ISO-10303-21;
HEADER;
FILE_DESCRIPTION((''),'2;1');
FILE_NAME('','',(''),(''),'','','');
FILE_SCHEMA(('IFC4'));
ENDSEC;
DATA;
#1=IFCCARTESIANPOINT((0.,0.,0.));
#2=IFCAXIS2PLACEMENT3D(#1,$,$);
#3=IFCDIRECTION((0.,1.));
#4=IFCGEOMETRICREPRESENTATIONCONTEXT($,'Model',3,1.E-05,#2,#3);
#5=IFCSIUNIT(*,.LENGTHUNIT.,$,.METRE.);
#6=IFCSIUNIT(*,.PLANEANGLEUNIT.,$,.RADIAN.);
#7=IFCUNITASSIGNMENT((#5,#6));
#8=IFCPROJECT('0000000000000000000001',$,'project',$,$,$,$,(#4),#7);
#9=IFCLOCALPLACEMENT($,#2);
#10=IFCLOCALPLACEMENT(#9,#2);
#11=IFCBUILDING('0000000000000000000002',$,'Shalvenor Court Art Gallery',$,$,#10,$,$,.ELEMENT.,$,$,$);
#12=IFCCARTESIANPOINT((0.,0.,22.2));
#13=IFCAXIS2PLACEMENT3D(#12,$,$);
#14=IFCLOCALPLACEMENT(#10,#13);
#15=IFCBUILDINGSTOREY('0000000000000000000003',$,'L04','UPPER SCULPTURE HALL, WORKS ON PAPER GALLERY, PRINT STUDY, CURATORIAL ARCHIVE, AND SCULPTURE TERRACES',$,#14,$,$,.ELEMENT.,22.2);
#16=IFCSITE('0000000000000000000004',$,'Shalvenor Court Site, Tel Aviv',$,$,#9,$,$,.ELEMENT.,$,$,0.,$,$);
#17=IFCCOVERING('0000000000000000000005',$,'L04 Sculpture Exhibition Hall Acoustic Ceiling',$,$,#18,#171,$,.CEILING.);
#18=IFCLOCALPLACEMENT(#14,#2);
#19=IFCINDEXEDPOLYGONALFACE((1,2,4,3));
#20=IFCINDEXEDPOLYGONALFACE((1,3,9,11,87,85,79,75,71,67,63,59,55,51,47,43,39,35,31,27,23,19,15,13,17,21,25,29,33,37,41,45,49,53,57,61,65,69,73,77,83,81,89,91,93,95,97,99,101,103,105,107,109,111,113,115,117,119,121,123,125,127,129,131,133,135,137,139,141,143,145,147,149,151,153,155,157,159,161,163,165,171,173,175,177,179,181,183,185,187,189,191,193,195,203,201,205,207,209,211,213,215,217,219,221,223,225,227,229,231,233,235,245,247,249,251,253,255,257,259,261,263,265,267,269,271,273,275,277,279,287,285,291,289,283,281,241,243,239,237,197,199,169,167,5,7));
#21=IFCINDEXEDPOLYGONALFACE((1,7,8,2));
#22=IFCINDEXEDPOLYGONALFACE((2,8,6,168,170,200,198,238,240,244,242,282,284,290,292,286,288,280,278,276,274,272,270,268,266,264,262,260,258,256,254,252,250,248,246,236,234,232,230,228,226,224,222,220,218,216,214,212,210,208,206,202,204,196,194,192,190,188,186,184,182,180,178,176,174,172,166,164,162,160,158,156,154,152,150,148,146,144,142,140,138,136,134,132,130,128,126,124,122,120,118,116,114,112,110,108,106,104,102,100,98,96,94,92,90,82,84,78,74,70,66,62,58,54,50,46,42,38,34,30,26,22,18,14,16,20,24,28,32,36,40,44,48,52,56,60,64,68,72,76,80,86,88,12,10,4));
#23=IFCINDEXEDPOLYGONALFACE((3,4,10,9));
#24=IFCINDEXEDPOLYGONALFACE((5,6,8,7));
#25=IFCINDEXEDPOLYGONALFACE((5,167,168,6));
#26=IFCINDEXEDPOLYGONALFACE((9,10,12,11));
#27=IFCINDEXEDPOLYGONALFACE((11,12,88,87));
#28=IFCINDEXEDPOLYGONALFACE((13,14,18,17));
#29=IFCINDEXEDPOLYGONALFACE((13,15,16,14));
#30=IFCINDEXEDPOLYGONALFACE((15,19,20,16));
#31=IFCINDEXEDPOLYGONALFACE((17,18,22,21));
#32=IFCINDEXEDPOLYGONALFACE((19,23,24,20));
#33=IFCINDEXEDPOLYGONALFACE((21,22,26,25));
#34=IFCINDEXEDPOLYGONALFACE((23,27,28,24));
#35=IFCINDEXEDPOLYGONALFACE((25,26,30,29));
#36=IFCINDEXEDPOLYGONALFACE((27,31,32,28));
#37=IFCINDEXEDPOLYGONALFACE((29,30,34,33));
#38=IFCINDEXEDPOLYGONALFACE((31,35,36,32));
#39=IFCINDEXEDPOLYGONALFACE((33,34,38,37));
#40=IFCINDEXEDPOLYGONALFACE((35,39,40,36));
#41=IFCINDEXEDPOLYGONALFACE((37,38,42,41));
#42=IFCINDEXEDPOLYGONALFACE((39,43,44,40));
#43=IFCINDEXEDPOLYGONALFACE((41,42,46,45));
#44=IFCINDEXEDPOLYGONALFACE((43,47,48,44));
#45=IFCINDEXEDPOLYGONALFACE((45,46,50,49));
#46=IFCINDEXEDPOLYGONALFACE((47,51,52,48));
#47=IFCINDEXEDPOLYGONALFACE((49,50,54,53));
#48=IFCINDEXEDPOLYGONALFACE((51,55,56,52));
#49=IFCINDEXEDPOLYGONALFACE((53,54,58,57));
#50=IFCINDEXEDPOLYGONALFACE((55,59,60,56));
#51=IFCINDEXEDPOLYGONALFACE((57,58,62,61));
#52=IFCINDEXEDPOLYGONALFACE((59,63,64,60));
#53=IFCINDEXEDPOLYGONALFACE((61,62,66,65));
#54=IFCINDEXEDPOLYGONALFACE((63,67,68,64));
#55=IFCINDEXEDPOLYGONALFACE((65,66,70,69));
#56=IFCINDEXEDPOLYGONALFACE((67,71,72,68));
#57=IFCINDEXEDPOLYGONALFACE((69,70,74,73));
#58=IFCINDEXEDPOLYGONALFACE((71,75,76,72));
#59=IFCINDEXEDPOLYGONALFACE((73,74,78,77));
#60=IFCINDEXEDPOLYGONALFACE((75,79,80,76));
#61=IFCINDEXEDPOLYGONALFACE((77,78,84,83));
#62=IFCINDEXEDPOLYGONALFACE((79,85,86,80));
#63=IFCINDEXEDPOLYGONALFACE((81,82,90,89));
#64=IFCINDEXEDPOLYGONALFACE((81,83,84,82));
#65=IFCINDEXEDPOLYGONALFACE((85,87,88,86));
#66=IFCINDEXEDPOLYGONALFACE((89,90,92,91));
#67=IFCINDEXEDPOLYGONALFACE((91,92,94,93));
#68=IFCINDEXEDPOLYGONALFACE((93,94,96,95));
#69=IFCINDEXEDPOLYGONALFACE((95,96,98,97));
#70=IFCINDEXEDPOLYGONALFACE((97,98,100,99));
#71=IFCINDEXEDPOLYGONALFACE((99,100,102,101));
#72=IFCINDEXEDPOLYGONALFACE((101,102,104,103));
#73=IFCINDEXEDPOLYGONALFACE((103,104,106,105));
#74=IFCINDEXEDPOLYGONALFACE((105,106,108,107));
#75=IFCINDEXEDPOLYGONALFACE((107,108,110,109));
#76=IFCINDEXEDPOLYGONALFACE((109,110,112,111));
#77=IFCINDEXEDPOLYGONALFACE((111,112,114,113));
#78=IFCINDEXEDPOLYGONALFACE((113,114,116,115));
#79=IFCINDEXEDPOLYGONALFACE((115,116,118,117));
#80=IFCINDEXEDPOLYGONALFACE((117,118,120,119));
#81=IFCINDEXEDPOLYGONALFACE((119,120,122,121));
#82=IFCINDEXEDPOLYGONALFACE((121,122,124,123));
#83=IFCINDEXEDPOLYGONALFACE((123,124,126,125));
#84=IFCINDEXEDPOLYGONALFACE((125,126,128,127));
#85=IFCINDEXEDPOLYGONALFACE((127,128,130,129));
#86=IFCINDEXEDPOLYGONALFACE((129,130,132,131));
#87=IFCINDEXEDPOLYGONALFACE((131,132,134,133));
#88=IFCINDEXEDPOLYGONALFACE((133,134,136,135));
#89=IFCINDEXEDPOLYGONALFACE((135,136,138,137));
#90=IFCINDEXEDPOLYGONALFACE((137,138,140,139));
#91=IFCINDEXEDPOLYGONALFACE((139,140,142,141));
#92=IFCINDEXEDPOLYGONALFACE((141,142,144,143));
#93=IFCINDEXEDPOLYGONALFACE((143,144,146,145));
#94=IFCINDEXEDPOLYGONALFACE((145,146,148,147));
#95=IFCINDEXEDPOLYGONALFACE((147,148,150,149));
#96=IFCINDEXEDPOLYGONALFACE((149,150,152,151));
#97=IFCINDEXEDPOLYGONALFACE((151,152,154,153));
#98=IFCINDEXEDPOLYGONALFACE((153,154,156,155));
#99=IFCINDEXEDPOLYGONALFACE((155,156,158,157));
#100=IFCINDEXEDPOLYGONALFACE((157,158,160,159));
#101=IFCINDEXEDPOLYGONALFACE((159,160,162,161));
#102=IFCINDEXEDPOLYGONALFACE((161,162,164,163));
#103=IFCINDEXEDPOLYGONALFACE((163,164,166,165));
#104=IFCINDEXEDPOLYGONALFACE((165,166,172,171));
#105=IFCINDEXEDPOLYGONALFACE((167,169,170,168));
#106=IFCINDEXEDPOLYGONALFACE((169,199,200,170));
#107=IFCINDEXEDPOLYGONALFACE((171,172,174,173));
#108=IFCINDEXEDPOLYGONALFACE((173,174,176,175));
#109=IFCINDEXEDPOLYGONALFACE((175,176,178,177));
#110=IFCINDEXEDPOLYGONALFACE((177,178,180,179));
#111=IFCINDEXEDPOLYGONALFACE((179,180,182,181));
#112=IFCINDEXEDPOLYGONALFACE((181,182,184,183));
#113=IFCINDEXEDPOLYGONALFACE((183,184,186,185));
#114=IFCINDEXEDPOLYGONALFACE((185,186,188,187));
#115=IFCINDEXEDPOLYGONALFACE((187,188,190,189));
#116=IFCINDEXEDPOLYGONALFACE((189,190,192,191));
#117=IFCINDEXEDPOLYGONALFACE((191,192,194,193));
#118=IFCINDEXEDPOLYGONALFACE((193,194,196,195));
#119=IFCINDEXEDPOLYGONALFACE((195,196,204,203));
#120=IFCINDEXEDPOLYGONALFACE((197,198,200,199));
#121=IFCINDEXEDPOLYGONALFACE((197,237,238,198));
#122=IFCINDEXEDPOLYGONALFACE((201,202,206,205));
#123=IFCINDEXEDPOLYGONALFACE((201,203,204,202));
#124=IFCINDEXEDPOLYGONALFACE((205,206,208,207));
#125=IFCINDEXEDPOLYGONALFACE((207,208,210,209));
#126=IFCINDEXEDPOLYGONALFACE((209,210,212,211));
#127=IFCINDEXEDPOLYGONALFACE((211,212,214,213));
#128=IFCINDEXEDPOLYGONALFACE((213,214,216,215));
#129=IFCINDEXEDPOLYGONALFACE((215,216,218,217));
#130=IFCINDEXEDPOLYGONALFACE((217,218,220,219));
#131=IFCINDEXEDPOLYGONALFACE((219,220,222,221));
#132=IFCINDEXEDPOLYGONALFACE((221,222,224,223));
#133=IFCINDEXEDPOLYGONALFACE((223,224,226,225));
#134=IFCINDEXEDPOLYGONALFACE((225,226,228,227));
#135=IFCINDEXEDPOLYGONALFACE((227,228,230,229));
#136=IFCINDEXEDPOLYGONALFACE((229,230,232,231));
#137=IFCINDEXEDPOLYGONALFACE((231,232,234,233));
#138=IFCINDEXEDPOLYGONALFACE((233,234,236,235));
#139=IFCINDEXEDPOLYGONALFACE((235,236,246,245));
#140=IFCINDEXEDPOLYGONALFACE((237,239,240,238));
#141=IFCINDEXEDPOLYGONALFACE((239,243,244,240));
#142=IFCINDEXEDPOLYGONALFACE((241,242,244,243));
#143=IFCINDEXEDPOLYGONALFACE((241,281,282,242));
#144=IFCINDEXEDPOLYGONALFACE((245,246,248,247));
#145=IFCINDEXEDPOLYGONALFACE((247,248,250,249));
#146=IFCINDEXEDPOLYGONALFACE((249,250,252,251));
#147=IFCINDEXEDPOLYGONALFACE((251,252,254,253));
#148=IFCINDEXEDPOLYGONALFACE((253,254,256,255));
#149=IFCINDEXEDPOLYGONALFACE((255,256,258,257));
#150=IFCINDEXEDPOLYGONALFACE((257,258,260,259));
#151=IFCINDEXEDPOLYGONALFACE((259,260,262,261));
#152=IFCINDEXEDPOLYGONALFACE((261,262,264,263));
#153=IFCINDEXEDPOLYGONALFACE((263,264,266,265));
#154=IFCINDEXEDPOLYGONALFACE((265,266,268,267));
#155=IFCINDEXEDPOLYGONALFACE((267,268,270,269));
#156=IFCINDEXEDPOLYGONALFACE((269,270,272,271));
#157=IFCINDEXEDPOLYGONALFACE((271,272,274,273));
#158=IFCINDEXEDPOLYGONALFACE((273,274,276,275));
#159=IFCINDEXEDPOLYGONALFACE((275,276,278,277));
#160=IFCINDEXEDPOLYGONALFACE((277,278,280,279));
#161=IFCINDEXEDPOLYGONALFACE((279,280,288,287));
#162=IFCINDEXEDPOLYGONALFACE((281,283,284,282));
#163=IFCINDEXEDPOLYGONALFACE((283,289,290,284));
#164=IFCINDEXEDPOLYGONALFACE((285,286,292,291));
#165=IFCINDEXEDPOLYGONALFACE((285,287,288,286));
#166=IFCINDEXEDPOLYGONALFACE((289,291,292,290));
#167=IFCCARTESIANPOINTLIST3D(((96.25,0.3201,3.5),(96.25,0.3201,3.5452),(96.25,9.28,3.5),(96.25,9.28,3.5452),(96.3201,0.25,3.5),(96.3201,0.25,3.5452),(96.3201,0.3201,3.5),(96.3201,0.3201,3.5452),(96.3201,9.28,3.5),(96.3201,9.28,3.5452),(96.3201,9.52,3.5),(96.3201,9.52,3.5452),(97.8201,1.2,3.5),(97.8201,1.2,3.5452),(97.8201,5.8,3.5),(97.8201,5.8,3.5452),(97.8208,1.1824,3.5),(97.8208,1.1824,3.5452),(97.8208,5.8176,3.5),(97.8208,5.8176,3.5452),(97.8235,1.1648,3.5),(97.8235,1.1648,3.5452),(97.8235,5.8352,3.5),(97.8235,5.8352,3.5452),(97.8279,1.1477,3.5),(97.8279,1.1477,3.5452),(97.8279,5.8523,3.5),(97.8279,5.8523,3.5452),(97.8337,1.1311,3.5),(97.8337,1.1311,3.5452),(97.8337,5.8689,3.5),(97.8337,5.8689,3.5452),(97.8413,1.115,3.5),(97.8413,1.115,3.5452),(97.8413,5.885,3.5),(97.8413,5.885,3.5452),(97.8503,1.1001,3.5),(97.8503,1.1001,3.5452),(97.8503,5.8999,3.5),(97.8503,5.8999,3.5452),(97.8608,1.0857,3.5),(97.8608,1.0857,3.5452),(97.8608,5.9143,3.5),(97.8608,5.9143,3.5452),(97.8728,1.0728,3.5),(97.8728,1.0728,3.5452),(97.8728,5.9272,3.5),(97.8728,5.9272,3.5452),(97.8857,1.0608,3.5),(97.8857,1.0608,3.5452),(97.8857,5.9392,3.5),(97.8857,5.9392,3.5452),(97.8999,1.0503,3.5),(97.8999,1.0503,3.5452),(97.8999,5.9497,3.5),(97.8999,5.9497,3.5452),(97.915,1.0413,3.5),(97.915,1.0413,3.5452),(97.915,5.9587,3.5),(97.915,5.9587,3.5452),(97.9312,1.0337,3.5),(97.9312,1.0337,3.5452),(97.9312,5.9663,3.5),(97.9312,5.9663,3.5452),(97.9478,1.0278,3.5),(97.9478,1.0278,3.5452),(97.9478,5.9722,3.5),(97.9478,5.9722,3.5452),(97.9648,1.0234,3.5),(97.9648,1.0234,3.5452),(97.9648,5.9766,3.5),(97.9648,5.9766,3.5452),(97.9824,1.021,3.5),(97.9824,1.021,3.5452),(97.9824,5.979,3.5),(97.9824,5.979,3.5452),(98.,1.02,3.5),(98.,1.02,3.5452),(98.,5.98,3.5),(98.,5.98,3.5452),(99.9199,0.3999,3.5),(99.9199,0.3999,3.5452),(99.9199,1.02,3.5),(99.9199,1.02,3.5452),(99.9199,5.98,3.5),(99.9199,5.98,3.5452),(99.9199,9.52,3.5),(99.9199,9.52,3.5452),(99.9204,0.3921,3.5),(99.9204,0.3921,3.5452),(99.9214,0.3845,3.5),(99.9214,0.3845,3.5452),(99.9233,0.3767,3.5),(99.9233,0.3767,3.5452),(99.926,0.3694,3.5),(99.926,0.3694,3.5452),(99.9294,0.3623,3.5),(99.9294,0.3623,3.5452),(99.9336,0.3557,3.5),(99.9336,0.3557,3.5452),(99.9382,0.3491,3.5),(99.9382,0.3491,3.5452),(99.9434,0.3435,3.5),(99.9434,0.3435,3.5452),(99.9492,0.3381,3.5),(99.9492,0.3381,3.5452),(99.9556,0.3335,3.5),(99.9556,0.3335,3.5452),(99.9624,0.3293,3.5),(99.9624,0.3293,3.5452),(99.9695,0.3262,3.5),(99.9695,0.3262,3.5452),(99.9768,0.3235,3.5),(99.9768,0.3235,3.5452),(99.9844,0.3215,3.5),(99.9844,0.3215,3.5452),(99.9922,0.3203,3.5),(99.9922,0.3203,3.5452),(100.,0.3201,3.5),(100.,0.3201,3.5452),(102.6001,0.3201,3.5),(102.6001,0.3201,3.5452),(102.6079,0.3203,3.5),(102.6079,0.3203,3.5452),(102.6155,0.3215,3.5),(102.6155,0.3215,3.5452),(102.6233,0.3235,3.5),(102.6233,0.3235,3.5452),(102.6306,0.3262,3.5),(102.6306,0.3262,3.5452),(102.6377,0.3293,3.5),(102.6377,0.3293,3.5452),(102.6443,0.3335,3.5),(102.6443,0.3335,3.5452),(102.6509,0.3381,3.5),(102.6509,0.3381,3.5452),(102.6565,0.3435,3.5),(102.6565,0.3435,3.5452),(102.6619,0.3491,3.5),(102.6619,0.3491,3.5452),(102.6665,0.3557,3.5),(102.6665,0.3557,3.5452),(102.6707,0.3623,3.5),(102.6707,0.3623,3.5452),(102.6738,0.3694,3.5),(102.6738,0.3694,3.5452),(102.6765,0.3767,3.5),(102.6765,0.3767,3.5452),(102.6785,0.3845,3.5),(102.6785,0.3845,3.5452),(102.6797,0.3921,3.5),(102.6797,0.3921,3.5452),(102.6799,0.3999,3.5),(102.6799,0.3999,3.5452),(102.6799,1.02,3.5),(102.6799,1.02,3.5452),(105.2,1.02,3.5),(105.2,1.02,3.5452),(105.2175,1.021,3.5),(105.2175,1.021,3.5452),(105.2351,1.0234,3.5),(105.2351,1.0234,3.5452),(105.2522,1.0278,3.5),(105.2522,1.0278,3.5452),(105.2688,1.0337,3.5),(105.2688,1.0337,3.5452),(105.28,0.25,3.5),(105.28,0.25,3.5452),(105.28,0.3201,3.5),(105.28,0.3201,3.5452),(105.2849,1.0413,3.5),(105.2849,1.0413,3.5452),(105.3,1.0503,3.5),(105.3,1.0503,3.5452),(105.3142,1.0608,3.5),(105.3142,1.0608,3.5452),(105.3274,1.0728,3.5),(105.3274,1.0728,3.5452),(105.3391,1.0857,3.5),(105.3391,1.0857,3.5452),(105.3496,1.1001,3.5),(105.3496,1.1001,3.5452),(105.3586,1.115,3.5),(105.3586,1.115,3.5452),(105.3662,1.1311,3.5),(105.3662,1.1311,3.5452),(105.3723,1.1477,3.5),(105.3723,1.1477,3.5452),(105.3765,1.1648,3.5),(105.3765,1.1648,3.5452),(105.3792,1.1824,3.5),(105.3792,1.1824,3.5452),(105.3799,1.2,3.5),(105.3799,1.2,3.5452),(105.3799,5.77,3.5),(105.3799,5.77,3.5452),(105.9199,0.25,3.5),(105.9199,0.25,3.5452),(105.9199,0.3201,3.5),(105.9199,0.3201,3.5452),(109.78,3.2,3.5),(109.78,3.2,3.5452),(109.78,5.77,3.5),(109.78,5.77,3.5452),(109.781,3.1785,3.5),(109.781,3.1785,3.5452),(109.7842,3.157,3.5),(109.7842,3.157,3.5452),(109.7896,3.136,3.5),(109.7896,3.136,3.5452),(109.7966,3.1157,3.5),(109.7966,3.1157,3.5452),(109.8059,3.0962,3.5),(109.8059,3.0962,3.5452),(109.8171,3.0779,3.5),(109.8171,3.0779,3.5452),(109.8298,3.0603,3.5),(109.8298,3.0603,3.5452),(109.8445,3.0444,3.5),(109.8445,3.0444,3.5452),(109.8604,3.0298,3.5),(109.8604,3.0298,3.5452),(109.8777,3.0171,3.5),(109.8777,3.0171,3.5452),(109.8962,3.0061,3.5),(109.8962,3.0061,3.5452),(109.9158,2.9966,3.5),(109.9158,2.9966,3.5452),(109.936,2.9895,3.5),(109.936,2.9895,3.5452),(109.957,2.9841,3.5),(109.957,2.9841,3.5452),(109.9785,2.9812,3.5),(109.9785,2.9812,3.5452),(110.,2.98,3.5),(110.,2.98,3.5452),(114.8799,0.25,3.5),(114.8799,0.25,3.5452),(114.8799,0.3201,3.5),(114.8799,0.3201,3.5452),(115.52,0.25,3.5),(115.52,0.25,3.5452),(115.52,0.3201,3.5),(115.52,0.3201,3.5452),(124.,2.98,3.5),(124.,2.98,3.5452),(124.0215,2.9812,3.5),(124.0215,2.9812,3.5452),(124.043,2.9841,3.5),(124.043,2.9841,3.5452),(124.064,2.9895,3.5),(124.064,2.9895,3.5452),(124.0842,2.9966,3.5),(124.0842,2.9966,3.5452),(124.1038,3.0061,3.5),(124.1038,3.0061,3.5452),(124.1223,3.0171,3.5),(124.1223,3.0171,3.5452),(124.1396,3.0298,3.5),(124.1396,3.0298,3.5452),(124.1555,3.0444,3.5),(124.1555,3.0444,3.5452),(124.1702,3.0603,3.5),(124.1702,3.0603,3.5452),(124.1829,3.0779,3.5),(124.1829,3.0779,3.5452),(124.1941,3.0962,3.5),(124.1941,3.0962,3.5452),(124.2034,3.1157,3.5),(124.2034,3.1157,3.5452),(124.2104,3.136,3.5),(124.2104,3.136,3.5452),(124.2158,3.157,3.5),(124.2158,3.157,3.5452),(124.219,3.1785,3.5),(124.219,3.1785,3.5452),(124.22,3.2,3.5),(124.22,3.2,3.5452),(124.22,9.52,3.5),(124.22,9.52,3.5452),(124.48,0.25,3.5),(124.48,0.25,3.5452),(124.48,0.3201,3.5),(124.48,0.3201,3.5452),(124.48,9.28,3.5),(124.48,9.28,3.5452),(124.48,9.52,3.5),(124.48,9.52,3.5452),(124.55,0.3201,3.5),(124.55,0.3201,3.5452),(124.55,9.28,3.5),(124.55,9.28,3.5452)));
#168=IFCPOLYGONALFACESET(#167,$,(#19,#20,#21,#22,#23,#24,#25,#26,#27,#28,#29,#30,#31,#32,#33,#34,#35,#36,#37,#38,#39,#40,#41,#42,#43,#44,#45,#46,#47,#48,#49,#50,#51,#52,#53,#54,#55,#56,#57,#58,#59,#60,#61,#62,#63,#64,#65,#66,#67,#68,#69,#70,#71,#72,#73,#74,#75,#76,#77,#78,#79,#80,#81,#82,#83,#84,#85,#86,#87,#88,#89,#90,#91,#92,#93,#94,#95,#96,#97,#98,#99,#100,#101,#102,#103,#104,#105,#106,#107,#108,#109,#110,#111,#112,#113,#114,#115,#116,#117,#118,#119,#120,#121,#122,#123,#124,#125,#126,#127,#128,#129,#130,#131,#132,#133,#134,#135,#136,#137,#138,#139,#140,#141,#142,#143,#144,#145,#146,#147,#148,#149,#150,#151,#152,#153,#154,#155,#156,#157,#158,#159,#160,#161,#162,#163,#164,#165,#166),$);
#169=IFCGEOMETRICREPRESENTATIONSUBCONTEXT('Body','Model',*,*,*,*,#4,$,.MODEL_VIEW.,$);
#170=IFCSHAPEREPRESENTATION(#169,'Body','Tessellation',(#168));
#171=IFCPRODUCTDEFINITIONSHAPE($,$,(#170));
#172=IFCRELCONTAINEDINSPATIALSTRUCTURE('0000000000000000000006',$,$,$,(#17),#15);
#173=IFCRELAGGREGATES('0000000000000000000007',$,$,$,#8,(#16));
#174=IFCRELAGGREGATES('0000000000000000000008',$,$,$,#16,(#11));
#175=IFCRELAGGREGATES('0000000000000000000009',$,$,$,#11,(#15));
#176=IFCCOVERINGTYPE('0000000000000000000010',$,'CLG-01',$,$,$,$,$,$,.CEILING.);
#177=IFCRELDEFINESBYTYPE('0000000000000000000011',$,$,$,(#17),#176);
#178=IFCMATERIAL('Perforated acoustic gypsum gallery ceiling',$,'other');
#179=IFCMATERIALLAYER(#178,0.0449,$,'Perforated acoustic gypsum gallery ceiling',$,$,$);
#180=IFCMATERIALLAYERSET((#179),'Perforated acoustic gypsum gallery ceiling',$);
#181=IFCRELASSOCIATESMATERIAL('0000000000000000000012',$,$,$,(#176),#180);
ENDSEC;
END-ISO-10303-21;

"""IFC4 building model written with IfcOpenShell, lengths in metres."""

from ifc_helpers import new_model, si_unit, direction, frame, origin, place, context, subcontext, project, spatial, polyline, outline, extrude, material, layer, layer_set, type_object, element, save


model = new_model("IFC4")

# Units and contexts
model_context = context("Model", 3, precision=1e-05, world=origin(), true_north=direction((0.0, 1.0)))
body_context = subcontext(model_context, "Body", "Model", "MODEL_VIEW")
ifc_project = project(units=[si_unit("LENGTHUNIT", "METRE"), si_unit("PLANEANGLEUNIT", "RADIAN")], contexts=[model_context])

# Site, building, storey
site_placement = place(None, origin())
site = spatial("IfcSite", under=ifc_project, at=site_placement, Name="Shalvenor Court Site, Tel Aviv", CompositionType="ELEMENT", RefElevation=0.0)
building_placement = place(site_placement, origin())
building = spatial("IfcBuilding", under=site, at=building_placement, Name="Shalvenor Court Art Gallery", CompositionType="ELEMENT")
storey_placement = place(building_placement, frame((0.0, 0.0, 22.2)))
storey = spatial("IfcBuildingStorey", under=building, at=storey_placement, Name="L04", Description="UPPER SCULPTURE HALL, WORKS ON PAPER GALLERY, PRINT STUDY, CURATORIAL ARCHIVE, AND SCULPTURE TERRACES", CompositionType="ELEMENT", Elevation=22.2)

# Covering
ifc_material_1 = material(Name="Perforated acoustic gypsum gallery ceiling", Category="other")
ifc_layer_1 = layer(ifc_material_1, 0.0449, Name="Perforated acoustic gypsum gallery ceiling")
ifc_layer_set_1 = layer_set([ifc_layer_1], Name="Perforated acoustic gypsum gallery ceiling")
covering_type_1 = type_object("IfcCoveringType", Name="CLG-01", PredefinedType="CEILING", material=ifc_layer_set_1)
covering_1_placement = place(storey_placement, frame((0.0, 0.0, 3.5)))
element("IfcCovering", 1, at=covering_1_placement, inside=storey, type_object=covering_type_1, Name="L04 Sculpture Exhibition Hall Acoustic Ceiling", PredefinedType="CEILING", context=body_context, shape_type="SweptSolid", body=[
    extrude(outline(polyline([(115.52, 0.25), (115.52, 0.3201), (114.8799, 0.3201), (114.8799, 0.25), (105.9199, 0.25), (105.9199, 0.3201), (105.28, 0.3201), (105.28, 0.25), (96.3201, 0.25), (96.3201, 0.3201), (96.25, 0.3201), (96.25, 9.28), (96.3201, 9.28), (96.3201, 9.52), (99.9199, 9.52), (99.9199, 5.98), (98.0, 5.98), (97.9824, 5.979), (97.9648, 5.9766), (97.9478, 5.9722), (97.9312, 5.9663), (97.915, 5.9587), (97.8999, 5.9497), (97.8857, 5.9392), (97.8728, 5.9272), (97.8608, 5.9143), (97.8503, 5.8999), (97.8413, 5.885), (97.8337, 5.8689), (97.8279, 5.8523), (97.8235, 5.8352), (97.8208, 5.8176), (97.8201, 5.8), (97.8201, 1.2), (97.8208, 1.1824), (97.8235, 1.1648), (97.8279, 1.1477), (97.8337, 1.1311), (97.8413, 1.115), (97.8503, 1.1001), (97.8608, 1.0857), (97.8728, 1.0728), (97.8857, 1.0608), (97.8999, 1.0503), (97.915, 1.0413), (97.9312, 1.0337), (97.9478, 1.0278), (97.9648, 1.0234), (97.9824, 1.021), (98.0, 1.02), (99.9199, 1.02), (99.9199, 0.3999), (99.9204, 0.3921), (99.9214, 0.3845), (99.9233, 0.3767), (99.926, 0.3694), (99.9294, 0.3623), (99.9336, 0.3557), (99.9382, 0.3491), (99.9434, 0.3435), (99.9492, 0.3381), (99.9556, 0.3335), (99.9624, 0.3293), (99.9695, 0.3262), (99.9768, 0.3235), (99.9844, 0.3215), (99.9922, 0.3203), (100.0, 0.3201), (102.6001, 0.3201), (102.6079, 0.3203), (102.6155, 0.3215), (102.6233, 0.3235), (102.6306, 0.3262), (102.6377, 0.3293), (102.6443, 0.3335), (102.6509, 0.3381), (102.6565, 0.3435), (102.6619, 0.3491), (102.6665, 0.3557), (102.6707, 0.3623), (102.6738, 0.3694), (102.6765, 0.3767), (102.6785, 0.3845), (102.6797, 0.3921), (102.6799, 0.3999), (102.6799, 1.02), (105.2, 1.02), (105.2175, 1.021), (105.2351, 1.0234), (105.2522, 1.0278), (105.2688, 1.0337), (105.2849, 1.0413), (105.3, 1.0503), (105.3142, 1.0608), (105.3274, 1.0728), (105.3391, 1.0857), (105.3496, 1.1001), (105.3586, 1.115), (105.3662, 1.1311), (105.3723, 1.1477), (105.3765, 1.1648), (105.3792, 1.1824), (105.3799, 1.2), (105.3799, 5.77), (109.78, 5.77), (109.78, 3.2), (109.781, 3.1785), (109.7842, 3.157), (109.7896, 3.136), (109.7966, 3.1157), (109.8059, 3.0962), (109.8171, 3.0779), (109.8298, 3.0603), (109.8445, 3.0444), (109.8604, 3.0298), (109.8777, 3.0171), (109.8962, 3.0061), (109.9158, 2.9966), (109.936, 2.9895), (109.957, 2.9841), (109.9785, 2.9812), (110.0, 2.98), (124.0, 2.98), (124.0215, 2.9812), (124.043, 2.9841), (124.064, 2.9895), (124.0842, 2.9966), (124.1038, 3.0061), (124.1223, 3.0171), (124.1396, 3.0298), (124.1555, 3.0444), (124.1702, 3.0603), (124.1829, 3.0779), (124.1941, 3.0962), (124.2034, 3.1157), (124.2104, 3.136), (124.2158, 3.157), (124.219, 3.1785), (124.22, 3.2), (124.22, 9.52), (124.48, 9.52), (124.48, 9.28), (124.55, 9.28), (124.55, 0.3201), (124.48, 0.3201), (124.48, 0.25), (115.52, 0.25)])), origin(), (0.0, 0.0, 1.0), 0.0452),
])

save(model, "model.ifc")
